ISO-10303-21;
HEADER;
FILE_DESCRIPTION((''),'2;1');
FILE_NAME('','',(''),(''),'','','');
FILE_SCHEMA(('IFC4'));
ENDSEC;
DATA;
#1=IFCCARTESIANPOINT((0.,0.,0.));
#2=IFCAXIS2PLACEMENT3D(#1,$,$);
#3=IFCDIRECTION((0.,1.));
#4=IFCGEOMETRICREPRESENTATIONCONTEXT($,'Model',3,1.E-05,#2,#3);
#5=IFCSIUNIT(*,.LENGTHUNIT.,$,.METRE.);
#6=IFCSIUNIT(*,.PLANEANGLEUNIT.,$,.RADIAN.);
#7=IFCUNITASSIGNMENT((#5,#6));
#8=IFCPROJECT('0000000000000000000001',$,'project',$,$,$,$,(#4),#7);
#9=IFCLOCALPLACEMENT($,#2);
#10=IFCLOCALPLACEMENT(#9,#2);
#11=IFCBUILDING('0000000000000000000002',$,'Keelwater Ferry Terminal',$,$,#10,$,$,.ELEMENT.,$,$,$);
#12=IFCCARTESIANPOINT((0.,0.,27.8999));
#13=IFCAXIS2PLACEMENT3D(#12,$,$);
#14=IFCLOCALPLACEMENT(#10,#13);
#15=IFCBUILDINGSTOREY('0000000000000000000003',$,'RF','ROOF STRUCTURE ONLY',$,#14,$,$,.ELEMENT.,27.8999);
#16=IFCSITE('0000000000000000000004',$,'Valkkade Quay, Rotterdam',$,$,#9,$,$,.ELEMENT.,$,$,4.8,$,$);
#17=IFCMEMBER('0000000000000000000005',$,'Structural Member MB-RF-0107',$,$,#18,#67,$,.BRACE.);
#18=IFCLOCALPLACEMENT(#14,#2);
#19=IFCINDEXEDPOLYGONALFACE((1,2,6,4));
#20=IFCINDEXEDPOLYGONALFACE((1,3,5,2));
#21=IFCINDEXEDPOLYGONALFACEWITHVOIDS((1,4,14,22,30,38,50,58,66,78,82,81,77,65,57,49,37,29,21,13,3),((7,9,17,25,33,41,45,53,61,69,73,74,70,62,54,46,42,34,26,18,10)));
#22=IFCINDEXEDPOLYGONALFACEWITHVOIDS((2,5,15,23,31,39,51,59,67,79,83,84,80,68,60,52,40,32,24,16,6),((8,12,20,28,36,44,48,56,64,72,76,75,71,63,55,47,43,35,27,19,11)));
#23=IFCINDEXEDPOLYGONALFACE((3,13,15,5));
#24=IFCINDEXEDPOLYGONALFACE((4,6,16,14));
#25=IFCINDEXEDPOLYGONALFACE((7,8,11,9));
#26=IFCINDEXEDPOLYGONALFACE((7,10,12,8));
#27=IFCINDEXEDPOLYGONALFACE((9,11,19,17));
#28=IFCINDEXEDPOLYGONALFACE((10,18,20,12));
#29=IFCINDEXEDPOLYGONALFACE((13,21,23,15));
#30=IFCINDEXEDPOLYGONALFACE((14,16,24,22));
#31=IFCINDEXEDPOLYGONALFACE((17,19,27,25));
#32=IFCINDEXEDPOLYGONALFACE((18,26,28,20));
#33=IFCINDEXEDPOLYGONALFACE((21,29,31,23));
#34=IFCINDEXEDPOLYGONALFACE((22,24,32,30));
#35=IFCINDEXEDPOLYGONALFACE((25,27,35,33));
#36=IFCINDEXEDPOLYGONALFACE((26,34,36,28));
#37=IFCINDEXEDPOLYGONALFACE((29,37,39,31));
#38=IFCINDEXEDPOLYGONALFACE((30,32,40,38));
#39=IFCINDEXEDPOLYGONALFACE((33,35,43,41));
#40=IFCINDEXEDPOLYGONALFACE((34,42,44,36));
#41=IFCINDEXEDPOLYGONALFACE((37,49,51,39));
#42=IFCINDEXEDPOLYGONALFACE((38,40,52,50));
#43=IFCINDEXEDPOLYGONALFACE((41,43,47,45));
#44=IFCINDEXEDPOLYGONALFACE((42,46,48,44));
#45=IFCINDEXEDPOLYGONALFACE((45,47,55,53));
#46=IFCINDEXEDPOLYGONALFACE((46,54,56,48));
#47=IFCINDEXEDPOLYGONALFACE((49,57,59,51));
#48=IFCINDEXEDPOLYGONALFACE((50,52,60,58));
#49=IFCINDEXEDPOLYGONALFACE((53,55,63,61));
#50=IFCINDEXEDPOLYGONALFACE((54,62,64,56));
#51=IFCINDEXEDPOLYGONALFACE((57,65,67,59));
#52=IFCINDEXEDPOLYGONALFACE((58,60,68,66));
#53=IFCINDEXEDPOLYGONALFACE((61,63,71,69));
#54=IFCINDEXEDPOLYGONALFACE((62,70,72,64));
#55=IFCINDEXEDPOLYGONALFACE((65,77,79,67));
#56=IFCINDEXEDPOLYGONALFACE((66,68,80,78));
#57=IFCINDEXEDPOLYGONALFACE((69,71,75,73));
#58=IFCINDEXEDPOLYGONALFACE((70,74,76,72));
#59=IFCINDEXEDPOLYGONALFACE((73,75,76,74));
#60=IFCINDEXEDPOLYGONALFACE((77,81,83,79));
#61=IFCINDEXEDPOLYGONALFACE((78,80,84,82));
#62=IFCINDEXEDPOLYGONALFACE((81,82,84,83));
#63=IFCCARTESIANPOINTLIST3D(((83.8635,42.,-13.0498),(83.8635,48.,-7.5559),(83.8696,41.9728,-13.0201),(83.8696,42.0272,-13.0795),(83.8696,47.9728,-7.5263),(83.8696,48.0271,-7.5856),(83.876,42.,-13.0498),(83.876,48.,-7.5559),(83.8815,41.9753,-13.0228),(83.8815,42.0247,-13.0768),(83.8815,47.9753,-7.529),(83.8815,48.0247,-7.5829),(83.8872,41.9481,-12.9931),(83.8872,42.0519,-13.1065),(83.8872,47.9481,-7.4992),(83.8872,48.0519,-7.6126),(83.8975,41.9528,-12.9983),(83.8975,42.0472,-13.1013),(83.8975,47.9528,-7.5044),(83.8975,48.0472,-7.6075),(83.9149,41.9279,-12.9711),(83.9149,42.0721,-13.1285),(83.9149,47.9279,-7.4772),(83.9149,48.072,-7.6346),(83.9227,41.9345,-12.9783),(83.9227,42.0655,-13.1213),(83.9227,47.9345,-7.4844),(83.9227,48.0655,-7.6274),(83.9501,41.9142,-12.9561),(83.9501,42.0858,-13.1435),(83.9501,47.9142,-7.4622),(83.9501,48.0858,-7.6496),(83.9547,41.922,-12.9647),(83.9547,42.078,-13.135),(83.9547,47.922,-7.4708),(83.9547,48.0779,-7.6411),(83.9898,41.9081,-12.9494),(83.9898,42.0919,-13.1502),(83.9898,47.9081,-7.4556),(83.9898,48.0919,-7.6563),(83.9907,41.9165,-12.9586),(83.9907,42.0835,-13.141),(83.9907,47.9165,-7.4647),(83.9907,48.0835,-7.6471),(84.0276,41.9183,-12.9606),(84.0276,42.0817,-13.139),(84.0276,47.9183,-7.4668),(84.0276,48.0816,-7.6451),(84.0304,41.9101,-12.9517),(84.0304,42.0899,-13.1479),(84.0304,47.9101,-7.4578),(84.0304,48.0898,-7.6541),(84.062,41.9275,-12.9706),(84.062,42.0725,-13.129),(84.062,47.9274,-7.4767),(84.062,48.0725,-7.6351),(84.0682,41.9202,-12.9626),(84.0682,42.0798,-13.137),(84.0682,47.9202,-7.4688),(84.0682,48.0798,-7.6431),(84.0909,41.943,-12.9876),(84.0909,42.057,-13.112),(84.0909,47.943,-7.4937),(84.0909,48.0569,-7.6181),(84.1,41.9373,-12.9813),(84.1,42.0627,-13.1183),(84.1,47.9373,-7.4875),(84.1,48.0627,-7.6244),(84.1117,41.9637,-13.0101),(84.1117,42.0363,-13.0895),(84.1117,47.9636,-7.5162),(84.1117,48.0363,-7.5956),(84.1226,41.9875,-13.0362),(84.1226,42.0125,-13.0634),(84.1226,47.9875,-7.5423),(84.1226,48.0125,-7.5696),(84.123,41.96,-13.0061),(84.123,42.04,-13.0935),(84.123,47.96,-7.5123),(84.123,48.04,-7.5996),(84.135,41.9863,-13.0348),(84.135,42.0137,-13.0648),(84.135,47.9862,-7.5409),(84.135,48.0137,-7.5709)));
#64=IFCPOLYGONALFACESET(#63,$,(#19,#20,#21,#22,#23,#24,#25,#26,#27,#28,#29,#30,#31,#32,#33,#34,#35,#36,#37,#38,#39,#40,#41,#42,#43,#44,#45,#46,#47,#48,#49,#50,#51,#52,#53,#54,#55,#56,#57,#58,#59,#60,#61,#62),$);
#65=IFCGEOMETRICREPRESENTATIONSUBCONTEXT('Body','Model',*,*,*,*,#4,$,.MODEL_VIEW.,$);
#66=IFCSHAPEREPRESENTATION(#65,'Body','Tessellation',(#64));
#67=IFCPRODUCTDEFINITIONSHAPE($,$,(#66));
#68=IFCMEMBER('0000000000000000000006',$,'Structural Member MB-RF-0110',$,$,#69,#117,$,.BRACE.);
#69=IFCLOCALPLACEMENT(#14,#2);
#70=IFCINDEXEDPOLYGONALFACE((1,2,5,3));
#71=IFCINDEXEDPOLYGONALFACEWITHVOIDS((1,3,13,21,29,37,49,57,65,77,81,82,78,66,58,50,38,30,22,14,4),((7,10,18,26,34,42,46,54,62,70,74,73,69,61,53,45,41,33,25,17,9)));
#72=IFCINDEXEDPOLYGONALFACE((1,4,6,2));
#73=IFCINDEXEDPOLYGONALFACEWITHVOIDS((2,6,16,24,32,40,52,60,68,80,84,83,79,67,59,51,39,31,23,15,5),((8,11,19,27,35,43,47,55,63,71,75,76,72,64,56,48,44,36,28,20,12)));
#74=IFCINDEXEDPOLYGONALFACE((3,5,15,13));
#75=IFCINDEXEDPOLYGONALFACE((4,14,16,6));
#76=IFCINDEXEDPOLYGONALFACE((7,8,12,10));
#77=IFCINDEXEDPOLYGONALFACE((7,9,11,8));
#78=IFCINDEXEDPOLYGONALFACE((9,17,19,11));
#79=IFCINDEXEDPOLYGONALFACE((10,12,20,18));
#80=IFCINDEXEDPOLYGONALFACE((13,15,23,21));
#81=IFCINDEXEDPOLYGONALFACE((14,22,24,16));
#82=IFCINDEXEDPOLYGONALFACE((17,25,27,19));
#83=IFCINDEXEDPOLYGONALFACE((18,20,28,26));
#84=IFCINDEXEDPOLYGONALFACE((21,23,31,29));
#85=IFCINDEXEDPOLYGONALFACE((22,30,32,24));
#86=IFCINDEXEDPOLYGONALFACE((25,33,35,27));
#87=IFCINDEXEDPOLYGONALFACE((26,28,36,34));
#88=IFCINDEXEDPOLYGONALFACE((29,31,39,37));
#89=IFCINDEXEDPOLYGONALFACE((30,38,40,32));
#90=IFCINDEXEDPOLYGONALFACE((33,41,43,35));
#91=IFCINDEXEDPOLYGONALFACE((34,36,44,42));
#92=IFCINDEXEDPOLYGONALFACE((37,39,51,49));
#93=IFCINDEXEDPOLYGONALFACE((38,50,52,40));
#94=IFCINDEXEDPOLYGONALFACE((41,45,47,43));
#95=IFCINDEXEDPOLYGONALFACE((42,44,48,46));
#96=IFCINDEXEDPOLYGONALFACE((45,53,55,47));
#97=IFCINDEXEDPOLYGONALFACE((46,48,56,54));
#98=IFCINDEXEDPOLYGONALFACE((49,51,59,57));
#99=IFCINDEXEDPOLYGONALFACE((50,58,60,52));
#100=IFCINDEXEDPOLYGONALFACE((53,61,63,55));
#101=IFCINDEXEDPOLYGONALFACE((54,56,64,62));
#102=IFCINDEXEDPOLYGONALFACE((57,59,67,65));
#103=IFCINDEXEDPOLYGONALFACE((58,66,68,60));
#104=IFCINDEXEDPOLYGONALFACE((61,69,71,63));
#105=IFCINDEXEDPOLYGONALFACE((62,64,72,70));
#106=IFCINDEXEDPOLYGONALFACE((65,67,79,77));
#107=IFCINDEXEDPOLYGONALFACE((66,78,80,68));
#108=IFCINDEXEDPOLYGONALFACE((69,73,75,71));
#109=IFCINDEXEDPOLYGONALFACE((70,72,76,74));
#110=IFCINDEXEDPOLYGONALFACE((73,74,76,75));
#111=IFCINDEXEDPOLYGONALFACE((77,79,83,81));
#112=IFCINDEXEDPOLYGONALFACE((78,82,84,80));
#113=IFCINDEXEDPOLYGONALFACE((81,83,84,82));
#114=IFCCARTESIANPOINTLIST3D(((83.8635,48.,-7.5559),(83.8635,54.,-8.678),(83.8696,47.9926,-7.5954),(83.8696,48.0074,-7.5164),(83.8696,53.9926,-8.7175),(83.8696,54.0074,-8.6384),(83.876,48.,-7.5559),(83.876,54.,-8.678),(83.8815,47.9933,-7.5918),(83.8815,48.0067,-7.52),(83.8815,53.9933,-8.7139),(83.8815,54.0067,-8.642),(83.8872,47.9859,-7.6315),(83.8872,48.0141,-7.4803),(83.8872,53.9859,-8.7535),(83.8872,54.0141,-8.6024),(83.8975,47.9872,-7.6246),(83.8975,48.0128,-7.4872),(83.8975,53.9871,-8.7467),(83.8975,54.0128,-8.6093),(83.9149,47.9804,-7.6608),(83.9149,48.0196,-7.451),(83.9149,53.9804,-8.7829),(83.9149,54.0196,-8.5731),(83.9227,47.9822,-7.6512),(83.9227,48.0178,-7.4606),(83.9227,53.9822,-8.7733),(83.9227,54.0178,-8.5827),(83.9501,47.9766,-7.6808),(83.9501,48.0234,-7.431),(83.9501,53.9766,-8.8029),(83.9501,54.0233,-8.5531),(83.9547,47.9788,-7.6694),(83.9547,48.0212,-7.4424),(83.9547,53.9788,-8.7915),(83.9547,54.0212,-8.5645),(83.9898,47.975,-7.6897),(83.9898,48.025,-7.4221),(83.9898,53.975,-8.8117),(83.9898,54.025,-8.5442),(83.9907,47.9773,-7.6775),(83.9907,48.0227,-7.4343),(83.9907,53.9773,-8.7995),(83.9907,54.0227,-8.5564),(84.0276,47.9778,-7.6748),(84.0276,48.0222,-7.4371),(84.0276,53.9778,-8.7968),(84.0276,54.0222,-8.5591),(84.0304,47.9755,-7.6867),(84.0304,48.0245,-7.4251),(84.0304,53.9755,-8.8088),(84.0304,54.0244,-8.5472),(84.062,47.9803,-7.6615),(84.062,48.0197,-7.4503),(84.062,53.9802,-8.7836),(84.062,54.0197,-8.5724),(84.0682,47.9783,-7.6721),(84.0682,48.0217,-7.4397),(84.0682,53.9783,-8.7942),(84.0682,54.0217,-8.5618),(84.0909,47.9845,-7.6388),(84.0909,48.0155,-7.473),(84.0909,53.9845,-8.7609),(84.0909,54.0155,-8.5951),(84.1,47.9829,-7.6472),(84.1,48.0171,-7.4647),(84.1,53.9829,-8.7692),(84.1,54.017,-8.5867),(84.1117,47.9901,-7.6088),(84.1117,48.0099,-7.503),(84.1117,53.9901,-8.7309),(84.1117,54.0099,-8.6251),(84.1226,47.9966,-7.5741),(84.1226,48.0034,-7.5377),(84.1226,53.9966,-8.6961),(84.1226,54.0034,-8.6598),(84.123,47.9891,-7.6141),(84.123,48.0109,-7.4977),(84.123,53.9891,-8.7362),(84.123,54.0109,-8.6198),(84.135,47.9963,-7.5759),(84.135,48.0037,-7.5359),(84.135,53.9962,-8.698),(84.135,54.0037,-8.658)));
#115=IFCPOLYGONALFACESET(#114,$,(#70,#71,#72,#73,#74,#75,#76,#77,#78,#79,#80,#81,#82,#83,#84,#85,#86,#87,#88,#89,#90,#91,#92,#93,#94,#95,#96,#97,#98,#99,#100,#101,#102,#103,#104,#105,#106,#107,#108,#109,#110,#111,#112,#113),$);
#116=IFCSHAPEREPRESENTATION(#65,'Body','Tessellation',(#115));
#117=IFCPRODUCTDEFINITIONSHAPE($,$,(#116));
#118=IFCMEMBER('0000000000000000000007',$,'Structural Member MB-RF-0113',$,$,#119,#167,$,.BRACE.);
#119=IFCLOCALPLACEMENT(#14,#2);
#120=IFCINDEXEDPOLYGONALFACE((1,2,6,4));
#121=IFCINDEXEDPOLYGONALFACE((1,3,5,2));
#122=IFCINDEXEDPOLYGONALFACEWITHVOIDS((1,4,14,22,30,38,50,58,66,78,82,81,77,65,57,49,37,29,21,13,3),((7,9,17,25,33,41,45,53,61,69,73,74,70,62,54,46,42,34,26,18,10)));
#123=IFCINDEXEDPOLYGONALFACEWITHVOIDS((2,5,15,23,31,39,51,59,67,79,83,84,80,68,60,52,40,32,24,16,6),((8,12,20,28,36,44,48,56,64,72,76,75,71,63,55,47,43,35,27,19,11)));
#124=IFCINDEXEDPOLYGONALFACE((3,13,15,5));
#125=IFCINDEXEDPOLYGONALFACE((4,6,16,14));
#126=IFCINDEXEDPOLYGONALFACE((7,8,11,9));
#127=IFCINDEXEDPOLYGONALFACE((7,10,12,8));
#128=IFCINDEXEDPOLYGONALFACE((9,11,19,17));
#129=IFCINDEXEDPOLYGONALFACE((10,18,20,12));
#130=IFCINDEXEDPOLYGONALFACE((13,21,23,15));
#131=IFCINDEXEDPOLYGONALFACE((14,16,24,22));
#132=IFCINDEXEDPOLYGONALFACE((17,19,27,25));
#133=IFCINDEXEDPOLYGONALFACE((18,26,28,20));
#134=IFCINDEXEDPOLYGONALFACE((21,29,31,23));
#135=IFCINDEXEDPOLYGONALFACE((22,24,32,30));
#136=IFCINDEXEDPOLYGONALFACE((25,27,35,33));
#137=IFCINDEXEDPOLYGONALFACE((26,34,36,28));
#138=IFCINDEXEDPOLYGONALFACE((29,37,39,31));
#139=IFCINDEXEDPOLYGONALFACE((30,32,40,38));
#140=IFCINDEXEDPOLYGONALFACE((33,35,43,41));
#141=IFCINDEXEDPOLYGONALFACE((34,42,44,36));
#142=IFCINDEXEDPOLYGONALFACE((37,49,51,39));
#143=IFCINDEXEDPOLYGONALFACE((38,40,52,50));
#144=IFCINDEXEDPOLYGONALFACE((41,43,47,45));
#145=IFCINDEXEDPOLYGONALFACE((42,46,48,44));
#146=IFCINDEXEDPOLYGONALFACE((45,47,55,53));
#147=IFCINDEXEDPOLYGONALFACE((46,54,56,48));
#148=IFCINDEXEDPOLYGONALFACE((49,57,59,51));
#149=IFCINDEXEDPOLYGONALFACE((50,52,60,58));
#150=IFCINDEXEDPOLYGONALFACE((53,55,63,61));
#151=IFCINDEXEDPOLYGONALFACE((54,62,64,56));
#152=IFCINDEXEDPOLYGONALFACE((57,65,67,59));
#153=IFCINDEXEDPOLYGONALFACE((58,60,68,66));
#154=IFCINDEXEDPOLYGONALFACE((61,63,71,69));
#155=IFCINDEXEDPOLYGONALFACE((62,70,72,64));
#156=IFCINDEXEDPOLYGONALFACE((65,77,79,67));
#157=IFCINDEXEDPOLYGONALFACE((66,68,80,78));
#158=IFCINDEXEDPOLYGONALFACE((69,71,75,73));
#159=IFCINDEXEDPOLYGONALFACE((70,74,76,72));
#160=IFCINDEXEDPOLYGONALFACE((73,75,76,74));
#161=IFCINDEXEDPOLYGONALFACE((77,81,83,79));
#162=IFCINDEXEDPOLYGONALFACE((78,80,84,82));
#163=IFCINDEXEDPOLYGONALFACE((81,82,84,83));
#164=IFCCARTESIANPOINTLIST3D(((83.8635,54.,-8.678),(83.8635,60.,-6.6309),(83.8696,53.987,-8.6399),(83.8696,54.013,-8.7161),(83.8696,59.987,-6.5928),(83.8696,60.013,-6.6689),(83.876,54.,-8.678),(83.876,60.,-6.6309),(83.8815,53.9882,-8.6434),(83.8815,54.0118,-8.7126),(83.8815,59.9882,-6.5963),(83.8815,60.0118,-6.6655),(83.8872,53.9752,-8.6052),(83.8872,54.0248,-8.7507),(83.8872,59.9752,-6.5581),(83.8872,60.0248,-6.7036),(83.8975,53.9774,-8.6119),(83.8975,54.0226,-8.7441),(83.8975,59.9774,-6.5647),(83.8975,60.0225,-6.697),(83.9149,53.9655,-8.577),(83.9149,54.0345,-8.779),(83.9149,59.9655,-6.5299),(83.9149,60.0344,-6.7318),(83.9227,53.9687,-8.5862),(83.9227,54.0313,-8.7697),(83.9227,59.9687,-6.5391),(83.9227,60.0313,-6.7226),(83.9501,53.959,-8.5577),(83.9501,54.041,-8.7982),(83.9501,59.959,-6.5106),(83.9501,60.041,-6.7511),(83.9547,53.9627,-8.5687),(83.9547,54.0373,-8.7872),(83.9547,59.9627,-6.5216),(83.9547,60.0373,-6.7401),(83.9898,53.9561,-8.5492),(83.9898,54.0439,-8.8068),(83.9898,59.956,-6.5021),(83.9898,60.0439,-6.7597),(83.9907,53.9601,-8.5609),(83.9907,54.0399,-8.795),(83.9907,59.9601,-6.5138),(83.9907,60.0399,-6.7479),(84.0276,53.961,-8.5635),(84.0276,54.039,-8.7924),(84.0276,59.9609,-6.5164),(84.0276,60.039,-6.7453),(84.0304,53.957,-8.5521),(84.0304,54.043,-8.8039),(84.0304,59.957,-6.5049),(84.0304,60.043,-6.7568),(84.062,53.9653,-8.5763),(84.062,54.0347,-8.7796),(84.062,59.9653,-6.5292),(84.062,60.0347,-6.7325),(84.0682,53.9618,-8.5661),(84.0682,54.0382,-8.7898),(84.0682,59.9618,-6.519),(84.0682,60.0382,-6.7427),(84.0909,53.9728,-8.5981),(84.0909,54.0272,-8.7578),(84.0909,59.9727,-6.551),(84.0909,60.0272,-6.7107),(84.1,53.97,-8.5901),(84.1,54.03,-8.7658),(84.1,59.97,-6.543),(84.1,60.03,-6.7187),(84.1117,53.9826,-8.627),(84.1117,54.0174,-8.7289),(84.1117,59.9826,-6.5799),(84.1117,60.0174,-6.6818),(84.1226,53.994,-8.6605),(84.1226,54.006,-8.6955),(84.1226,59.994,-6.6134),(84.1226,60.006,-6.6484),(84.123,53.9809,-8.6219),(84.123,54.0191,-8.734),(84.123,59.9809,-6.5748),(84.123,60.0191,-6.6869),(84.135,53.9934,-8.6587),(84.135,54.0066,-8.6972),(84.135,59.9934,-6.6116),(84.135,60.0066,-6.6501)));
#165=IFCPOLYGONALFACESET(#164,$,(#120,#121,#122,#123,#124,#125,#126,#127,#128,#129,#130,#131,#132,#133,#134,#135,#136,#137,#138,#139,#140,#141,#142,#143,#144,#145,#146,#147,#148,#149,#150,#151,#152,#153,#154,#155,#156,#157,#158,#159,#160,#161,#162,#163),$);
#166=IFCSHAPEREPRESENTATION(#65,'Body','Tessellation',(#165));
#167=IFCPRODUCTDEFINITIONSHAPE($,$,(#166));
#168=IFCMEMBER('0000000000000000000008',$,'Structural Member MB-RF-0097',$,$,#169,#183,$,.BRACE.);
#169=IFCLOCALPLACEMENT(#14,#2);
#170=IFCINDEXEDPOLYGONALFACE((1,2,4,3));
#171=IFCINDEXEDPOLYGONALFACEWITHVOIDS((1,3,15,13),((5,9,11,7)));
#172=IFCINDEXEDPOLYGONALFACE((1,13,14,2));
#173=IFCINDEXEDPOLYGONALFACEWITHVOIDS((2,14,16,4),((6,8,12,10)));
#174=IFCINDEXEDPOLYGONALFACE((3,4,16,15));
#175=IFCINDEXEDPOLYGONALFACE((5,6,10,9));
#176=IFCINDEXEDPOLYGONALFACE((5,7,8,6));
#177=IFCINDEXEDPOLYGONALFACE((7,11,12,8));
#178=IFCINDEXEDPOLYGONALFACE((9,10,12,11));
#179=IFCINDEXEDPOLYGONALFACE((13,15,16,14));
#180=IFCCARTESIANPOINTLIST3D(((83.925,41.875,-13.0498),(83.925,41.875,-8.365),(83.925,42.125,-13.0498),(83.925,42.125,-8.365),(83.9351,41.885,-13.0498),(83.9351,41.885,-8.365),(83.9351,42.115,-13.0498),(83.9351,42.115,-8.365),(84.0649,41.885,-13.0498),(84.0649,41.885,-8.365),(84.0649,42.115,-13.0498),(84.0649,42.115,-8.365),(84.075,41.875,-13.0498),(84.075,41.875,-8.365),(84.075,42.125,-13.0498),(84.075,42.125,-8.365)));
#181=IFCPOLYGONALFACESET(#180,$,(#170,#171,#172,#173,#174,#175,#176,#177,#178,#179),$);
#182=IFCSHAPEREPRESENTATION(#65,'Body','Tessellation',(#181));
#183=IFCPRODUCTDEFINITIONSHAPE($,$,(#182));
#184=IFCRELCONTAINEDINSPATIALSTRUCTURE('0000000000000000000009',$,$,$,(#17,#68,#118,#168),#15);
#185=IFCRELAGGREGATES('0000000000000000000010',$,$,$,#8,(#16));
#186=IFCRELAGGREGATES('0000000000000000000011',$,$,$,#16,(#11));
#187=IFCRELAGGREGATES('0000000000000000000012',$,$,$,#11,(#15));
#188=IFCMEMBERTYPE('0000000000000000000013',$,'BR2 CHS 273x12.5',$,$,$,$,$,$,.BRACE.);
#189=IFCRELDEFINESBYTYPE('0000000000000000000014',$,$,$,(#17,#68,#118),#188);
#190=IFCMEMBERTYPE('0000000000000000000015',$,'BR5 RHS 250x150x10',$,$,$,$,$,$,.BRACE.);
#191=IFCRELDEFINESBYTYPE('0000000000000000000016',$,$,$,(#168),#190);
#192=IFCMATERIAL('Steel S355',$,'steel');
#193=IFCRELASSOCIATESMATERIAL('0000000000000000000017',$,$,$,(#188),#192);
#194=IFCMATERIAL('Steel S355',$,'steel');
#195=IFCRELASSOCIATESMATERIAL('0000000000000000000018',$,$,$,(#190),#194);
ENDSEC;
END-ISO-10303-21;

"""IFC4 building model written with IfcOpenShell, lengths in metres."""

from ifc_helpers import new_model, si_unit, direction, frame, origin, origin_2d, place, context, subcontext, project, spatial, hollow_rectangle, hollow_circle, extrude, material, material_profile, profile_set, type_object, element, save


model = new_model("IFC4")

# Units and contexts
model_context = context("Model", 3, precision=1e-05, world=origin(), true_north=direction((0.0, 1.0)))
body_context = subcontext(model_context, "Body", "Model", "MODEL_VIEW")
ifc_project = project(units=[si_unit("LENGTHUNIT", "METRE"), si_unit("PLANEANGLEUNIT", "RADIAN")], contexts=[model_context])

# Site, building, storey
site_placement = place(None, origin())
site = spatial("IfcSite", under=ifc_project, at=site_placement, Name="Valkkade Quay, Rotterdam", CompositionType="ELEMENT", RefElevation=4.8)
building_placement = place(site_placement, origin())
building = spatial("IfcBuilding", under=site, at=building_placement, Name="Keelwater Ferry Terminal", CompositionType="ELEMENT")
storey_placement = place(building_placement, frame((0.0, 0.0, 27.8999)))
storey = spatial("IfcBuildingStorey", under=building, at=storey_placement, Name="RF", Description="ROOF STRUCTURE ONLY", CompositionType="ELEMENT", Elevation=27.8999)

# Members
ifc_material_1 = material(Name="Steel S355", Category="steel")
ifc_material_profile_1 = material_profile(ifc_material_1, hollow_circle(Radius=0.1365, WallThickness=0.0125, at=origin_2d()), Name="CHS 273x12.5")
ifc_profile_set_1 = profile_set([ifc_material_profile_1], Name="Steel S355")
member_type_1 = type_object("IfcMemberType", Name="BR2 CHS 273x12.5", PredefinedType="BRACE", material=ifc_profile_set_1)
member_1_placement = place(storey_placement, frame((84.0, 42.0, -13.0498), z_axis=(0.0, 0.737528, 0.675317), x_axis=(-1.0, 0.0, 0.0)))
element("IfcMember", 1, at=member_1_placement, inside=storey, type_object=member_type_1, Name="Structural Member MB-RF-0107", PredefinedType="BRACE", context=body_context, shape_type="SweptSolid", body=[
    extrude(hollow_circle(Radius=0.1365, WallThickness=0.0125, at=origin_2d()), origin(), (0.0, 0.0, 1.0), 8.1353),
])
member_2_placement = place(storey_placement, frame((84.0, 48.0, -7.5559), z_axis=(0.0, 0.982959, -0.183825), x_axis=(-1.0, 0.0, 0.0)))
element("IfcMember", 2, at=member_2_placement, inside=storey, type_object=member_type_1, Name="Structural Member MB-RF-0110", PredefinedType="BRACE", context=body_context, shape_type="SweptSolid", body=[
    extrude(hollow_circle(Radius=0.1365, WallThickness=0.0125, at=origin_2d()), origin(), (0.0, 0.0, 1.0), 6.104),
])
member_3_placement = place(storey_placement, frame((84.0, 54.0, -8.678), z_axis=(0.0, 0.94643, 0.322909), x_axis=(-1.0, 0.0, 0.0)))
element("IfcMember", 3, at=member_3_placement, inside=storey, type_object=member_type_1, Name="Structural Member MB-RF-0113", PredefinedType="BRACE", context=body_context, shape_type="SweptSolid", body=[
    extrude(hollow_circle(Radius=0.1365, WallThickness=0.0125, at=origin_2d()), origin(), (0.0, 0.0, 1.0), 6.3396),
])
ifc_material_2 = material(Name="Steel S355", Category="steel")
ifc_material_profile_2 = material_profile(ifc_material_2, hollow_rectangle(XDim=0.1499, YDim=0.25, WallThickness=0.01, at=origin_2d()), Name="RHS 250x150x10")
ifc_profile_set_2 = profile_set([ifc_material_profile_2], Name="Steel S355")
member_type_2 = type_object("IfcMemberType", Name="BR5 RHS 250x150x10", PredefinedType="BRACE", material=ifc_profile_set_2)
member_4_placement = place(storey_placement, frame((84.0, 42.0, -13.0498), z_axis=(0.0, 0.0, 1.0), x_axis=(1.0, 0.0, 0.0)))
element("IfcMember", 4, at=member_4_placement, inside=storey, type_object=member_type_2, Name="Structural Member MB-RF-0097", PredefinedType="BRACE", context=body_context, shape_type="SweptSolid", body=[
    extrude(hollow_rectangle(XDim=0.1499, YDim=0.25, WallThickness=0.01, at=origin_2d()), origin(), (0.0, 0.0, 1.0), 4.6848),
])

save(model, "model.ifc")
